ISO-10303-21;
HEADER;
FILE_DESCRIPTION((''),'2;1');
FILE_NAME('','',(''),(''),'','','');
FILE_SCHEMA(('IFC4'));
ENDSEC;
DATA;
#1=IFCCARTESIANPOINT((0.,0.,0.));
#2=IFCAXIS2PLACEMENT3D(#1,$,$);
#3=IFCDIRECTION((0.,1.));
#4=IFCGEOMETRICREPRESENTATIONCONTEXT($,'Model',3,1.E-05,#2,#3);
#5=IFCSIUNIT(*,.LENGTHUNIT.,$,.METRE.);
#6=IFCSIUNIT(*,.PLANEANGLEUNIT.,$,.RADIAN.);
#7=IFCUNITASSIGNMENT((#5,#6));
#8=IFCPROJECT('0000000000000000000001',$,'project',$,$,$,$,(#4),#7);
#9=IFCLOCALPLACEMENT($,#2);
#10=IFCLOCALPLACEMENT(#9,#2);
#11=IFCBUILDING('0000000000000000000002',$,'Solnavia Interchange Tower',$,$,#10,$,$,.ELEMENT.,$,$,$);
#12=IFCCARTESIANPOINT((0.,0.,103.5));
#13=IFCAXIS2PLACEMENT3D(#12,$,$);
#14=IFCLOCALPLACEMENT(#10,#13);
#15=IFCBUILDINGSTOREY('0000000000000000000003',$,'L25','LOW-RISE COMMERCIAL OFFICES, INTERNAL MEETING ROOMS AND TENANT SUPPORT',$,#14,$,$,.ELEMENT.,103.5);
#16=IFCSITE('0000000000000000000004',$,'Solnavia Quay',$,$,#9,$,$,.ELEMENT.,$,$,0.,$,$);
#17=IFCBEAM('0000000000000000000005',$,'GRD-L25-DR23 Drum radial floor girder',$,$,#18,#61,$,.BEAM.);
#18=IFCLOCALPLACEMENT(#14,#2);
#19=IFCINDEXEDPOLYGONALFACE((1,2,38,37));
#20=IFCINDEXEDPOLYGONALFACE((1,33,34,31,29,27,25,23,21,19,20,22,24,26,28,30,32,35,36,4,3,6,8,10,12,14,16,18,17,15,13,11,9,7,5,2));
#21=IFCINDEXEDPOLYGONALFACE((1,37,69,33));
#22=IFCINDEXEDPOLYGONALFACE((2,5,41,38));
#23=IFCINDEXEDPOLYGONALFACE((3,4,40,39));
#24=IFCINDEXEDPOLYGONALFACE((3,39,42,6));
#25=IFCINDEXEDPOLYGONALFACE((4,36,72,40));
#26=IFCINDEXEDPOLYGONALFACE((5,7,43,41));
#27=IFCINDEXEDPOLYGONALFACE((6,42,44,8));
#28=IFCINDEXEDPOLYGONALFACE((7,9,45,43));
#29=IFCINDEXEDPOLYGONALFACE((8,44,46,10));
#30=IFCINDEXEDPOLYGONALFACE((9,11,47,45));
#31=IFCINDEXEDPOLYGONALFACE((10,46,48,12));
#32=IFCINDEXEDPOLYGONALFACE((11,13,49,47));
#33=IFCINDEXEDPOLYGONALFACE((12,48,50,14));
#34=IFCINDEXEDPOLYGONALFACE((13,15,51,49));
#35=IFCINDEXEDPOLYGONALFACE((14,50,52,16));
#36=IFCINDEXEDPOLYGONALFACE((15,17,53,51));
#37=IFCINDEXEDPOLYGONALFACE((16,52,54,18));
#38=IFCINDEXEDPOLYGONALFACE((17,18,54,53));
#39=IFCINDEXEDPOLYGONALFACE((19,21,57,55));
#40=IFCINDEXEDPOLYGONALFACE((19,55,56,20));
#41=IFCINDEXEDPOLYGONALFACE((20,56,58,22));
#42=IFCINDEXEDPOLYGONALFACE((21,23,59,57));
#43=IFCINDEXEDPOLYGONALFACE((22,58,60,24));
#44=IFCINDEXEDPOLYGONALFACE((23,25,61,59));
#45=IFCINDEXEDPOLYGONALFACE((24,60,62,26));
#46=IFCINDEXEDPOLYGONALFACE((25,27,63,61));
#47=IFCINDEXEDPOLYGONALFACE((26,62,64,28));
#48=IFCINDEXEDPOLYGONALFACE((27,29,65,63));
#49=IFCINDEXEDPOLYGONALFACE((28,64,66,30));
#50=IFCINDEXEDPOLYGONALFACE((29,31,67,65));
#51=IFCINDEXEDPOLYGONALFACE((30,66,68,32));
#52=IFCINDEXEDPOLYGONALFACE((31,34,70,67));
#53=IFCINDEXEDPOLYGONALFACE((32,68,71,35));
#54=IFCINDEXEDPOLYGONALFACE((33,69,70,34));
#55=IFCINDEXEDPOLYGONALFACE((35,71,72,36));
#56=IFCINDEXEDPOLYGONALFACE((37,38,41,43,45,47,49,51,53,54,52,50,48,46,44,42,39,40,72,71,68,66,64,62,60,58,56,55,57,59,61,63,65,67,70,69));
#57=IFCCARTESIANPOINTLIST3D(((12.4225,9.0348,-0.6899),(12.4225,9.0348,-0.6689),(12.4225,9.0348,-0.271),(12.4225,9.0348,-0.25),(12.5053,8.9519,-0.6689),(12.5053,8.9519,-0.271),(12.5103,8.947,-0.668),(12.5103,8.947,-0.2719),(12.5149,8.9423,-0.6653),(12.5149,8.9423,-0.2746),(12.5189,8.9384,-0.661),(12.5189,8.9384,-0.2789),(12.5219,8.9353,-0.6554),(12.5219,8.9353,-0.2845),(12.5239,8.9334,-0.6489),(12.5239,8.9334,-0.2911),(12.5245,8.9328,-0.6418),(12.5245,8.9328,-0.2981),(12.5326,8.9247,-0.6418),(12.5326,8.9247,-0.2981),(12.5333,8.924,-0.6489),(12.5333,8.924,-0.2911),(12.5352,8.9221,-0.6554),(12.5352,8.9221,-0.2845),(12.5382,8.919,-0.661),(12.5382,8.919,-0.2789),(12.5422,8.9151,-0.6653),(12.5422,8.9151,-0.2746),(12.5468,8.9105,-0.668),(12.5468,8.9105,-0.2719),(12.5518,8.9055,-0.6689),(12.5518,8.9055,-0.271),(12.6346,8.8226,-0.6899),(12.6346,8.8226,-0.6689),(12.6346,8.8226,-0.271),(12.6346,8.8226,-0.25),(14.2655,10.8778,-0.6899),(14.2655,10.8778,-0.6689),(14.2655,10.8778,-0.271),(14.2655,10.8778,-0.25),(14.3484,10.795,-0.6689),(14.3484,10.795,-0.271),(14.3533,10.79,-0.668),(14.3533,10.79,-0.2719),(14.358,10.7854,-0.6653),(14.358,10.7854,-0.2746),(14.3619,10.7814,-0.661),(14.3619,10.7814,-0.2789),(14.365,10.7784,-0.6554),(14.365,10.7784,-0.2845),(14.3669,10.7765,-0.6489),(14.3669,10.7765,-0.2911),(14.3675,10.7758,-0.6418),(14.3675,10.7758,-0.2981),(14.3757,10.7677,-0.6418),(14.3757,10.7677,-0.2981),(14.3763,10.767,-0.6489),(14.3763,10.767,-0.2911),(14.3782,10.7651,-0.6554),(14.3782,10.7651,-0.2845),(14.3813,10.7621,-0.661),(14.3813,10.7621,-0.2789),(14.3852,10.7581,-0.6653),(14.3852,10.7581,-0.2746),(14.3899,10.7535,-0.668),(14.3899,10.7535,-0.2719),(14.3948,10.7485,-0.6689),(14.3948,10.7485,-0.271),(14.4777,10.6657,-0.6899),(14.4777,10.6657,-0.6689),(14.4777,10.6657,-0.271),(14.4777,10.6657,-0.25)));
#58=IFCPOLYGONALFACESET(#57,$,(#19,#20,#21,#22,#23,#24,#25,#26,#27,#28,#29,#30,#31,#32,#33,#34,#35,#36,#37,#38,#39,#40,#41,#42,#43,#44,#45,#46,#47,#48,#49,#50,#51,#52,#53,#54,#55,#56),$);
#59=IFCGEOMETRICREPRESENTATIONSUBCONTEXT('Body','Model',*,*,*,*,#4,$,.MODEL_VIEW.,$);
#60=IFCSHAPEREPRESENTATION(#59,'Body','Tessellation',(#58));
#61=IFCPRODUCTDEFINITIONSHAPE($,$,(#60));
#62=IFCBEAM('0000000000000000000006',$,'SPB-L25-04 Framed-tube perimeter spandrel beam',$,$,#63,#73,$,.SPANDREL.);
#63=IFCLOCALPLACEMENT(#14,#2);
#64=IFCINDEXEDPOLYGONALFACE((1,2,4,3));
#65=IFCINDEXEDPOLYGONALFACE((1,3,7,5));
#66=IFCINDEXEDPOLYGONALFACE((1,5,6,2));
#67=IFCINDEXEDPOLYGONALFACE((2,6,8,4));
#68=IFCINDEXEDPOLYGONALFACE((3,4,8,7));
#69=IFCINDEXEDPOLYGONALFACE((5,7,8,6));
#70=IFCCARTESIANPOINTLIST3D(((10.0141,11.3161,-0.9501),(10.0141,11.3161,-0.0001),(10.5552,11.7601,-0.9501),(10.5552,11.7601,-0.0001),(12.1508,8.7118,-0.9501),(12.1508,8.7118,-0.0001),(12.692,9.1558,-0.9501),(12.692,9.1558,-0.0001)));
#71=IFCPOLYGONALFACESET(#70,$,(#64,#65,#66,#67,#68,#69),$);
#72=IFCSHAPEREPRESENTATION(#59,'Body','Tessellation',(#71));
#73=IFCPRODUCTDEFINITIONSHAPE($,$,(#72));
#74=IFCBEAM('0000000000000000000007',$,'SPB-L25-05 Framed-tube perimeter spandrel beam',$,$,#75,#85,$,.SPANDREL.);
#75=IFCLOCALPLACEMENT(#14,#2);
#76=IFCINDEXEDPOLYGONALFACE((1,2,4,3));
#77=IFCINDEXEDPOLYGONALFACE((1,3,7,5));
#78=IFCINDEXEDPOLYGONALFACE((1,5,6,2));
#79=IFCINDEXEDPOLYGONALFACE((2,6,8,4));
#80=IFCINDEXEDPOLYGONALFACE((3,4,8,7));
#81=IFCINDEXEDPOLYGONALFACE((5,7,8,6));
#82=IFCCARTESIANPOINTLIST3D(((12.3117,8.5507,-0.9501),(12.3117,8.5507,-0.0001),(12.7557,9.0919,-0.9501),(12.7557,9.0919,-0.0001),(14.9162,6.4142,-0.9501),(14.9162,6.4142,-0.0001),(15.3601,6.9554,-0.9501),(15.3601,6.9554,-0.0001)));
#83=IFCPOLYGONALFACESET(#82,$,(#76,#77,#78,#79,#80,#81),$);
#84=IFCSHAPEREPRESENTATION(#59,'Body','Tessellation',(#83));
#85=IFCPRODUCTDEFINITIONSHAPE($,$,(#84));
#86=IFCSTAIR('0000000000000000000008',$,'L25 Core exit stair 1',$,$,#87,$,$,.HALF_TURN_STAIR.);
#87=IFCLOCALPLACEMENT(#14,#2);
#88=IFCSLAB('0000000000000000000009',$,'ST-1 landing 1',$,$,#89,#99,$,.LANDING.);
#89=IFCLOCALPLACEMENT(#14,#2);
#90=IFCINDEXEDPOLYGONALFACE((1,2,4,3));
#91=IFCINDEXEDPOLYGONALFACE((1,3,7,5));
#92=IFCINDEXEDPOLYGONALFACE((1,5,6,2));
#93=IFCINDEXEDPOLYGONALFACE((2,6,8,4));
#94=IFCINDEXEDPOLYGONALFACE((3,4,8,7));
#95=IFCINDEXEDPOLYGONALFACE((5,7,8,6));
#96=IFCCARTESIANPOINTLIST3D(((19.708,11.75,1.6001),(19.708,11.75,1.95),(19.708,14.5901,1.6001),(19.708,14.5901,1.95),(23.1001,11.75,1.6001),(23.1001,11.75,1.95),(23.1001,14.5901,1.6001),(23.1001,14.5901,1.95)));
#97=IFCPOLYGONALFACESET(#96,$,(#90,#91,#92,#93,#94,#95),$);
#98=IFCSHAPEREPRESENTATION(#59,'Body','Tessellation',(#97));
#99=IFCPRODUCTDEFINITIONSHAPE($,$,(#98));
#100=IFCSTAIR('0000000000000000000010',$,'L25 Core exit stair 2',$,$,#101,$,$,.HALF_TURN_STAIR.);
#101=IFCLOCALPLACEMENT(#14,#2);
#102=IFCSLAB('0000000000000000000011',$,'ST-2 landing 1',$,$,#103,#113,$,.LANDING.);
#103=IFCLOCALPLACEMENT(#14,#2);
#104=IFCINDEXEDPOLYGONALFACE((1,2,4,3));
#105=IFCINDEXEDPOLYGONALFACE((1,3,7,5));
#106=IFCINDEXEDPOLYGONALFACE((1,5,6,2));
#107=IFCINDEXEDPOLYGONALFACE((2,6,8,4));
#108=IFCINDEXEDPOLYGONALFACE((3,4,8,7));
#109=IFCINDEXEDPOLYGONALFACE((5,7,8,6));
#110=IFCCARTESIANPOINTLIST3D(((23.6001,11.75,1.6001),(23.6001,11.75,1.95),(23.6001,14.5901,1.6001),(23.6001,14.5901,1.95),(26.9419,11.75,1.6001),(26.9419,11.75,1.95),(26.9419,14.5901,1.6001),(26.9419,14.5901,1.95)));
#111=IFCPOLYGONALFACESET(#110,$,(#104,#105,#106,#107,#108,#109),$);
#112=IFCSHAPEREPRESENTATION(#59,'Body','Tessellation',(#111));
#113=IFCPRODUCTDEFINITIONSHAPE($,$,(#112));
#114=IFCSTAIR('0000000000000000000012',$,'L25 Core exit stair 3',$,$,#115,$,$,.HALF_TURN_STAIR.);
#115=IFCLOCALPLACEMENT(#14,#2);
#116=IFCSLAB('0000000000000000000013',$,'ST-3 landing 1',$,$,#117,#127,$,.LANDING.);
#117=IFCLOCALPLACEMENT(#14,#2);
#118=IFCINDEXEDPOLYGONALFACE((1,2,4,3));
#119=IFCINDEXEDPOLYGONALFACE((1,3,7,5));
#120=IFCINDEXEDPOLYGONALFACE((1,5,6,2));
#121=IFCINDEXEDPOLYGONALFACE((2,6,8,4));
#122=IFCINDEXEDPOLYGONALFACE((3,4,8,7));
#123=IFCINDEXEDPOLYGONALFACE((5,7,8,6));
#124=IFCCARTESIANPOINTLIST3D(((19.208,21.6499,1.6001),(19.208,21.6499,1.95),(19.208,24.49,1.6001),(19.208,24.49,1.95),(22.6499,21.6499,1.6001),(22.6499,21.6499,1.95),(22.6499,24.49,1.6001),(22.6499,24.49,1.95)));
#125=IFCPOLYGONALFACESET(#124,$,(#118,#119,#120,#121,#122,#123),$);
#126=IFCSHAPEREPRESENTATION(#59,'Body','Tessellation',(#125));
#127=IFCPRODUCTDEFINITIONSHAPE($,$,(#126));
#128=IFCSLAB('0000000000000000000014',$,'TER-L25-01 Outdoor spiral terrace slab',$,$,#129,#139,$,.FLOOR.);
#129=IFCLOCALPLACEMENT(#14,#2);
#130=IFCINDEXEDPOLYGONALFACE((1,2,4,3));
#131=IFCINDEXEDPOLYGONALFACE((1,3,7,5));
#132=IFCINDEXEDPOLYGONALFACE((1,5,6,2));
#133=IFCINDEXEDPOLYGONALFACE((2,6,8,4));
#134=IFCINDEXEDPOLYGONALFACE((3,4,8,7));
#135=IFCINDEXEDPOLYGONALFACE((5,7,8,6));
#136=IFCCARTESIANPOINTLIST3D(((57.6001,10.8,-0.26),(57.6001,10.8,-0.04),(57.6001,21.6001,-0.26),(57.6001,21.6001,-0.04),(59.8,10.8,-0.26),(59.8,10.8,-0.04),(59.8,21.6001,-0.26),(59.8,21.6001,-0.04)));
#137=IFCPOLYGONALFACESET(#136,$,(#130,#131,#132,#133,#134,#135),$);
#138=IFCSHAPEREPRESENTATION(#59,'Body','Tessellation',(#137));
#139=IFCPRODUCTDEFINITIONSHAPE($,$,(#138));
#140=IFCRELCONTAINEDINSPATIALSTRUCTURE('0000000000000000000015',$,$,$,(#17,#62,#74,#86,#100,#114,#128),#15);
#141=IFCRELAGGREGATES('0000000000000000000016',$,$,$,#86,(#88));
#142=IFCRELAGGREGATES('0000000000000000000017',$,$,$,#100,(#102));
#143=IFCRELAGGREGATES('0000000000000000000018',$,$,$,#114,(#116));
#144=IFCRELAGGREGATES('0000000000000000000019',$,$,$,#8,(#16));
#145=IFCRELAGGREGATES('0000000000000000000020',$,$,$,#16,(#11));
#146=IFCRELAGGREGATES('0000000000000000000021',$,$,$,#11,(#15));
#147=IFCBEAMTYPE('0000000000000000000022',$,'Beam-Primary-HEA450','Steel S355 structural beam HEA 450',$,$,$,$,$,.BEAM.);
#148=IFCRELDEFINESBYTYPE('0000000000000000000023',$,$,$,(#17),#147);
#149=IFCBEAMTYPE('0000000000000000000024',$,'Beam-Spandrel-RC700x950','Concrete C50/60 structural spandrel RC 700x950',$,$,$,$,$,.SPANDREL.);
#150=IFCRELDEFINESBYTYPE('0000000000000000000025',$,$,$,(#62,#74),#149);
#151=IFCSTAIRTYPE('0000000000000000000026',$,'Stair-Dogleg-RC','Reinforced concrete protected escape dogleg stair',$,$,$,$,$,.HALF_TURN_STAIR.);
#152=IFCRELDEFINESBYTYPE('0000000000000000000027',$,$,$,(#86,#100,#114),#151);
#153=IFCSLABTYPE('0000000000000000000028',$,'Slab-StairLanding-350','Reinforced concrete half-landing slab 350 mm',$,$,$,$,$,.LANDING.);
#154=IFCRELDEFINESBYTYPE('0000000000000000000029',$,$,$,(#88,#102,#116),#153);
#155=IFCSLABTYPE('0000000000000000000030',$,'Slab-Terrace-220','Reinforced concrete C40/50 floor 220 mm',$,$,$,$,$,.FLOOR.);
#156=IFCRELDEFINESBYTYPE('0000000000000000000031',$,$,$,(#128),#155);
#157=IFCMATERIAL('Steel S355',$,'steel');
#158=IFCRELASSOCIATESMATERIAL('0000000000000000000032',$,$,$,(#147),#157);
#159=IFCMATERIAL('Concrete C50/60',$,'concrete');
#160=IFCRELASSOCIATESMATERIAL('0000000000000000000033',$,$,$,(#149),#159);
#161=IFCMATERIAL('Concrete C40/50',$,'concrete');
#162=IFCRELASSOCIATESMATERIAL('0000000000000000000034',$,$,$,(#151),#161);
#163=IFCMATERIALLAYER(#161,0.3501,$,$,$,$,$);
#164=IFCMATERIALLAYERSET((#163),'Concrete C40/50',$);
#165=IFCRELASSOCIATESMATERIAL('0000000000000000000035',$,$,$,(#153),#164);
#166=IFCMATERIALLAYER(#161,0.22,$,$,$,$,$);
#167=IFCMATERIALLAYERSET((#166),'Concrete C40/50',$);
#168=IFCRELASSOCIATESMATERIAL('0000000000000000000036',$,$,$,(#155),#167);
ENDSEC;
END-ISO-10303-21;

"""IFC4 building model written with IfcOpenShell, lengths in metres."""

from ifc_helpers import new_model, si_unit, direction, frame, origin, origin_2d, place, context, subcontext, project, spatial, polyline, rectangle, i_section, outline, extrude, material, layer, layer_set, material_profile, profile_set, type_object, element, aggregate, save


model = new_model("IFC4")

# Units and contexts
model_context = context("Model", 3, precision=1e-05, world=origin(), true_north=direction((0.0, 1.0)))
body_context = subcontext(model_context, "Body", "Model", "MODEL_VIEW")
ifc_project = project(units=[si_unit("LENGTHUNIT", "METRE"), si_unit("PLANEANGLEUNIT", "RADIAN")], contexts=[model_context])

# Site, building, storey
site_placement = place(None, origin())
site = spatial("IfcSite", under=ifc_project, at=site_placement, Name="Solnavia Quay", CompositionType="ELEMENT", RefElevation=0.0)
building_placement = place(site_placement, origin())
building = spatial("IfcBuilding", under=site, at=building_placement, Name="Solnavia Interchange Tower", CompositionType="ELEMENT")
storey_placement = place(building_placement, frame((0.0, 0.0, 103.5)))
storey = spatial("IfcBuildingStorey", under=building, at=storey_placement, Name="L25", Description="LOW-RISE COMMERCIAL OFFICES, INTERNAL MEETING ROOMS AND TENANT SUPPORT", CompositionType="ELEMENT", Elevation=103.5)

# Shared definitions
ifc_material_1 = material(Name="Steel S355", Category="steel")

# Beams
ifc_material_profile_1 = material_profile(ifc_material_1, i_section(OverallWidth=0.3, OverallDepth=0.4399, WebThickness=0.0115, FlangeThickness=0.021, FilletRadius=0.0271, at=origin_2d()), Name="HEA 450")
ifc_profile_set_1 = profile_set([ifc_material_profile_1], Name="Steel S355")
beam_type_1 = type_object("IfcBeamType", Name="Beam-Primary-HEA450", Description="Steel S355 structural beam HEA 450", PredefinedType="BEAM", material=ifc_profile_set_1)
beam_1_placement = place(storey_placement, frame((12.5286, 8.9287, -0.47), z_axis=(0.707107, 0.707107, 0.0), x_axis=(-0.707107, 0.707107, 0.0)))
element("IfcBeam", 1, at=beam_1_placement, inside=storey, type_object=beam_type_1, Name="GRD-L25-DR23 Drum radial floor girder", PredefinedType="BEAM", context=body_context, shape_type="SweptSolid", body=[
    extrude(i_section(OverallWidth=0.3, OverallDepth=0.4399, WebThickness=0.0115, FlangeThickness=0.021, FilletRadius=0.0271, at=origin_2d()), origin(), (0.0, 0.0, 1.0), 2.6064),
])
ifc_material_2 = material(Name="Concrete C50/60", Category="concrete")
ifc_material_profile_2 = material_profile(ifc_material_2, rectangle(XDim=0.7, YDim=0.95, at=origin_2d()), Name="RC 700x950")
ifc_profile_set_2 = profile_set([ifc_material_profile_2], Name="Concrete C50/60")
beam_type_2 = type_object("IfcBeamType", Name="Beam-Spandrel-RC700x950", Description="Concrete C50/60 structural spandrel RC 700x950", PredefinedType="SPANDREL", material=ifc_profile_set_2)
for number, where, z_axis, x_axis, name in (
    (2, (10.2847, 11.5381, -0.4751), (0.634299, -0.773088, 0.0), (0.773088, 0.634299, 0.0), "SPB-L25-04 Framed-tube perimeter spandrel beam"),
    (3, (12.5337, 8.8213, -0.4751), (0.773153, -0.63422, 0.0), (0.63422, 0.773153, 0.0), "SPB-L25-05 Framed-tube perimeter spandrel beam"),
):
    element("IfcBeam", number, at=place(storey_placement, frame(where, z_axis=z_axis, x_axis=x_axis)), inside=storey, type_object=beam_type_2, Name=name, PredefinedType="SPANDREL", context=body_context, shape_type="SweptSolid", body=[
        extrude(rectangle(XDim=0.7, YDim=0.95, at=origin_2d()), origin(), (0.0, 0.0, 1.0), 3.3687),
    ])

# Stairs, slabs
ifc_material_3 = material(Name="Concrete C40/50", Category="concrete")
stair_type = type_object("IfcStairType", Name="Stair-Dogleg-RC", Description="Reinforced concrete protected escape dogleg stair", PredefinedType="HALF_TURN_STAIR", material=ifc_material_3)
stair_1_placement = place(storey_placement, origin())
stair_1 = element("IfcStair", 4, at=stair_1_placement, inside=storey, type_object=stair_type, Name="L25 Core exit stair 1", PredefinedType="HALF_TURN_STAIR")
ifc_layer_1 = layer(ifc_material_3, 0.3501)
ifc_layer_set_1 = layer_set([ifc_layer_1], Name="Concrete C40/50")
slab_type_1 = type_object("IfcSlabType", Name="Slab-StairLanding-350", Description="Reinforced concrete half-landing slab 350 mm", PredefinedType="LANDING", material=ifc_layer_set_1)
slab_1_placement = place(storey_placement, frame((0.0, 0.0, 1.6001)))
slab_1 = element("IfcSlab", 5, at=slab_1_placement, type_object=slab_type_1, Name="ST-1 landing 1", PredefinedType="LANDING", context=body_context, shape_type="SweptSolid", body=[
    extrude(outline(polyline([(19.708, 11.75), (23.1001, 11.75), (23.1001, 14.5901), (19.708, 14.5901), (19.708, 11.75)])), origin(), (0.0, 0.0, 1.0), 0.3499),
])
aggregate(stair_1, [slab_1])
stair_2_placement = place(storey_placement, origin())
stair_2 = element("IfcStair", 6, at=stair_2_placement, inside=storey, type_object=stair_type, Name="L25 Core exit stair 2", PredefinedType="HALF_TURN_STAIR")
slab_2_placement = place(storey_placement, frame((0.0, 0.0, 1.6001)))
slab_2 = element("IfcSlab", 7, at=slab_2_placement, type_object=slab_type_1, Name="ST-2 landing 1", PredefinedType="LANDING", context=body_context, shape_type="SweptSolid", body=[
    extrude(outline(polyline([(23.6001, 11.75), (26.9419, 11.75), (26.9419, 14.5901), (23.6001, 14.5901), (23.6001, 11.75)])), origin(), (0.0, 0.0, 1.0), 0.3499),
])
aggregate(stair_2, [slab_2])
stair_3_placement = place(storey_placement, origin())
stair_3 = element("IfcStair", 8, at=stair_3_placement, inside=storey, type_object=stair_type, Name="L25 Core exit stair 3", PredefinedType="HALF_TURN_STAIR")
slab_3_placement = place(storey_placement, frame((0.0, 0.0, 1.6001)))
slab_3 = element("IfcSlab", 9, at=slab_3_placement, type_object=slab_type_1, Name="ST-3 landing 1", PredefinedType="LANDING", context=body_context, shape_type="SweptSolid", body=[
    extrude(outline(polyline([(19.208, 21.6499), (22.6499, 21.6499), (22.6499, 24.49), (19.208, 24.49), (19.208, 21.6499)])), origin(), (0.0, 0.0, 1.0), 0.3499),
])
aggregate(stair_3, [slab_3])

# Slab
ifc_layer_2 = layer(ifc_material_3, 0.22)
ifc_layer_set_2 = layer_set([ifc_layer_2], Name="Concrete C40/50")
slab_type_2 = type_object("IfcSlabType", Name="Slab-Terrace-220", Description="Reinforced concrete C40/50 floor 220 mm", PredefinedType="FLOOR", material=ifc_layer_set_2)
slab_4_placement = place(storey_placement, frame((0.0, 0.0, -0.26)))
element("IfcSlab", 10, at=slab_4_placement, inside=storey, type_object=slab_type_2, Name="TER-L25-01 Outdoor spiral terrace slab", PredefinedType="FLOOR", context=body_context, shape_type="SweptSolid", body=[
    extrude(outline(polyline([(57.6001, 10.8), (59.8, 10.8), (59.8, 21.6001), (57.6001, 21.6001), (57.6001, 10.8)])), origin(), (0.0, 0.0, 1.0), 0.22),
])

save(model, "model.ifc")
